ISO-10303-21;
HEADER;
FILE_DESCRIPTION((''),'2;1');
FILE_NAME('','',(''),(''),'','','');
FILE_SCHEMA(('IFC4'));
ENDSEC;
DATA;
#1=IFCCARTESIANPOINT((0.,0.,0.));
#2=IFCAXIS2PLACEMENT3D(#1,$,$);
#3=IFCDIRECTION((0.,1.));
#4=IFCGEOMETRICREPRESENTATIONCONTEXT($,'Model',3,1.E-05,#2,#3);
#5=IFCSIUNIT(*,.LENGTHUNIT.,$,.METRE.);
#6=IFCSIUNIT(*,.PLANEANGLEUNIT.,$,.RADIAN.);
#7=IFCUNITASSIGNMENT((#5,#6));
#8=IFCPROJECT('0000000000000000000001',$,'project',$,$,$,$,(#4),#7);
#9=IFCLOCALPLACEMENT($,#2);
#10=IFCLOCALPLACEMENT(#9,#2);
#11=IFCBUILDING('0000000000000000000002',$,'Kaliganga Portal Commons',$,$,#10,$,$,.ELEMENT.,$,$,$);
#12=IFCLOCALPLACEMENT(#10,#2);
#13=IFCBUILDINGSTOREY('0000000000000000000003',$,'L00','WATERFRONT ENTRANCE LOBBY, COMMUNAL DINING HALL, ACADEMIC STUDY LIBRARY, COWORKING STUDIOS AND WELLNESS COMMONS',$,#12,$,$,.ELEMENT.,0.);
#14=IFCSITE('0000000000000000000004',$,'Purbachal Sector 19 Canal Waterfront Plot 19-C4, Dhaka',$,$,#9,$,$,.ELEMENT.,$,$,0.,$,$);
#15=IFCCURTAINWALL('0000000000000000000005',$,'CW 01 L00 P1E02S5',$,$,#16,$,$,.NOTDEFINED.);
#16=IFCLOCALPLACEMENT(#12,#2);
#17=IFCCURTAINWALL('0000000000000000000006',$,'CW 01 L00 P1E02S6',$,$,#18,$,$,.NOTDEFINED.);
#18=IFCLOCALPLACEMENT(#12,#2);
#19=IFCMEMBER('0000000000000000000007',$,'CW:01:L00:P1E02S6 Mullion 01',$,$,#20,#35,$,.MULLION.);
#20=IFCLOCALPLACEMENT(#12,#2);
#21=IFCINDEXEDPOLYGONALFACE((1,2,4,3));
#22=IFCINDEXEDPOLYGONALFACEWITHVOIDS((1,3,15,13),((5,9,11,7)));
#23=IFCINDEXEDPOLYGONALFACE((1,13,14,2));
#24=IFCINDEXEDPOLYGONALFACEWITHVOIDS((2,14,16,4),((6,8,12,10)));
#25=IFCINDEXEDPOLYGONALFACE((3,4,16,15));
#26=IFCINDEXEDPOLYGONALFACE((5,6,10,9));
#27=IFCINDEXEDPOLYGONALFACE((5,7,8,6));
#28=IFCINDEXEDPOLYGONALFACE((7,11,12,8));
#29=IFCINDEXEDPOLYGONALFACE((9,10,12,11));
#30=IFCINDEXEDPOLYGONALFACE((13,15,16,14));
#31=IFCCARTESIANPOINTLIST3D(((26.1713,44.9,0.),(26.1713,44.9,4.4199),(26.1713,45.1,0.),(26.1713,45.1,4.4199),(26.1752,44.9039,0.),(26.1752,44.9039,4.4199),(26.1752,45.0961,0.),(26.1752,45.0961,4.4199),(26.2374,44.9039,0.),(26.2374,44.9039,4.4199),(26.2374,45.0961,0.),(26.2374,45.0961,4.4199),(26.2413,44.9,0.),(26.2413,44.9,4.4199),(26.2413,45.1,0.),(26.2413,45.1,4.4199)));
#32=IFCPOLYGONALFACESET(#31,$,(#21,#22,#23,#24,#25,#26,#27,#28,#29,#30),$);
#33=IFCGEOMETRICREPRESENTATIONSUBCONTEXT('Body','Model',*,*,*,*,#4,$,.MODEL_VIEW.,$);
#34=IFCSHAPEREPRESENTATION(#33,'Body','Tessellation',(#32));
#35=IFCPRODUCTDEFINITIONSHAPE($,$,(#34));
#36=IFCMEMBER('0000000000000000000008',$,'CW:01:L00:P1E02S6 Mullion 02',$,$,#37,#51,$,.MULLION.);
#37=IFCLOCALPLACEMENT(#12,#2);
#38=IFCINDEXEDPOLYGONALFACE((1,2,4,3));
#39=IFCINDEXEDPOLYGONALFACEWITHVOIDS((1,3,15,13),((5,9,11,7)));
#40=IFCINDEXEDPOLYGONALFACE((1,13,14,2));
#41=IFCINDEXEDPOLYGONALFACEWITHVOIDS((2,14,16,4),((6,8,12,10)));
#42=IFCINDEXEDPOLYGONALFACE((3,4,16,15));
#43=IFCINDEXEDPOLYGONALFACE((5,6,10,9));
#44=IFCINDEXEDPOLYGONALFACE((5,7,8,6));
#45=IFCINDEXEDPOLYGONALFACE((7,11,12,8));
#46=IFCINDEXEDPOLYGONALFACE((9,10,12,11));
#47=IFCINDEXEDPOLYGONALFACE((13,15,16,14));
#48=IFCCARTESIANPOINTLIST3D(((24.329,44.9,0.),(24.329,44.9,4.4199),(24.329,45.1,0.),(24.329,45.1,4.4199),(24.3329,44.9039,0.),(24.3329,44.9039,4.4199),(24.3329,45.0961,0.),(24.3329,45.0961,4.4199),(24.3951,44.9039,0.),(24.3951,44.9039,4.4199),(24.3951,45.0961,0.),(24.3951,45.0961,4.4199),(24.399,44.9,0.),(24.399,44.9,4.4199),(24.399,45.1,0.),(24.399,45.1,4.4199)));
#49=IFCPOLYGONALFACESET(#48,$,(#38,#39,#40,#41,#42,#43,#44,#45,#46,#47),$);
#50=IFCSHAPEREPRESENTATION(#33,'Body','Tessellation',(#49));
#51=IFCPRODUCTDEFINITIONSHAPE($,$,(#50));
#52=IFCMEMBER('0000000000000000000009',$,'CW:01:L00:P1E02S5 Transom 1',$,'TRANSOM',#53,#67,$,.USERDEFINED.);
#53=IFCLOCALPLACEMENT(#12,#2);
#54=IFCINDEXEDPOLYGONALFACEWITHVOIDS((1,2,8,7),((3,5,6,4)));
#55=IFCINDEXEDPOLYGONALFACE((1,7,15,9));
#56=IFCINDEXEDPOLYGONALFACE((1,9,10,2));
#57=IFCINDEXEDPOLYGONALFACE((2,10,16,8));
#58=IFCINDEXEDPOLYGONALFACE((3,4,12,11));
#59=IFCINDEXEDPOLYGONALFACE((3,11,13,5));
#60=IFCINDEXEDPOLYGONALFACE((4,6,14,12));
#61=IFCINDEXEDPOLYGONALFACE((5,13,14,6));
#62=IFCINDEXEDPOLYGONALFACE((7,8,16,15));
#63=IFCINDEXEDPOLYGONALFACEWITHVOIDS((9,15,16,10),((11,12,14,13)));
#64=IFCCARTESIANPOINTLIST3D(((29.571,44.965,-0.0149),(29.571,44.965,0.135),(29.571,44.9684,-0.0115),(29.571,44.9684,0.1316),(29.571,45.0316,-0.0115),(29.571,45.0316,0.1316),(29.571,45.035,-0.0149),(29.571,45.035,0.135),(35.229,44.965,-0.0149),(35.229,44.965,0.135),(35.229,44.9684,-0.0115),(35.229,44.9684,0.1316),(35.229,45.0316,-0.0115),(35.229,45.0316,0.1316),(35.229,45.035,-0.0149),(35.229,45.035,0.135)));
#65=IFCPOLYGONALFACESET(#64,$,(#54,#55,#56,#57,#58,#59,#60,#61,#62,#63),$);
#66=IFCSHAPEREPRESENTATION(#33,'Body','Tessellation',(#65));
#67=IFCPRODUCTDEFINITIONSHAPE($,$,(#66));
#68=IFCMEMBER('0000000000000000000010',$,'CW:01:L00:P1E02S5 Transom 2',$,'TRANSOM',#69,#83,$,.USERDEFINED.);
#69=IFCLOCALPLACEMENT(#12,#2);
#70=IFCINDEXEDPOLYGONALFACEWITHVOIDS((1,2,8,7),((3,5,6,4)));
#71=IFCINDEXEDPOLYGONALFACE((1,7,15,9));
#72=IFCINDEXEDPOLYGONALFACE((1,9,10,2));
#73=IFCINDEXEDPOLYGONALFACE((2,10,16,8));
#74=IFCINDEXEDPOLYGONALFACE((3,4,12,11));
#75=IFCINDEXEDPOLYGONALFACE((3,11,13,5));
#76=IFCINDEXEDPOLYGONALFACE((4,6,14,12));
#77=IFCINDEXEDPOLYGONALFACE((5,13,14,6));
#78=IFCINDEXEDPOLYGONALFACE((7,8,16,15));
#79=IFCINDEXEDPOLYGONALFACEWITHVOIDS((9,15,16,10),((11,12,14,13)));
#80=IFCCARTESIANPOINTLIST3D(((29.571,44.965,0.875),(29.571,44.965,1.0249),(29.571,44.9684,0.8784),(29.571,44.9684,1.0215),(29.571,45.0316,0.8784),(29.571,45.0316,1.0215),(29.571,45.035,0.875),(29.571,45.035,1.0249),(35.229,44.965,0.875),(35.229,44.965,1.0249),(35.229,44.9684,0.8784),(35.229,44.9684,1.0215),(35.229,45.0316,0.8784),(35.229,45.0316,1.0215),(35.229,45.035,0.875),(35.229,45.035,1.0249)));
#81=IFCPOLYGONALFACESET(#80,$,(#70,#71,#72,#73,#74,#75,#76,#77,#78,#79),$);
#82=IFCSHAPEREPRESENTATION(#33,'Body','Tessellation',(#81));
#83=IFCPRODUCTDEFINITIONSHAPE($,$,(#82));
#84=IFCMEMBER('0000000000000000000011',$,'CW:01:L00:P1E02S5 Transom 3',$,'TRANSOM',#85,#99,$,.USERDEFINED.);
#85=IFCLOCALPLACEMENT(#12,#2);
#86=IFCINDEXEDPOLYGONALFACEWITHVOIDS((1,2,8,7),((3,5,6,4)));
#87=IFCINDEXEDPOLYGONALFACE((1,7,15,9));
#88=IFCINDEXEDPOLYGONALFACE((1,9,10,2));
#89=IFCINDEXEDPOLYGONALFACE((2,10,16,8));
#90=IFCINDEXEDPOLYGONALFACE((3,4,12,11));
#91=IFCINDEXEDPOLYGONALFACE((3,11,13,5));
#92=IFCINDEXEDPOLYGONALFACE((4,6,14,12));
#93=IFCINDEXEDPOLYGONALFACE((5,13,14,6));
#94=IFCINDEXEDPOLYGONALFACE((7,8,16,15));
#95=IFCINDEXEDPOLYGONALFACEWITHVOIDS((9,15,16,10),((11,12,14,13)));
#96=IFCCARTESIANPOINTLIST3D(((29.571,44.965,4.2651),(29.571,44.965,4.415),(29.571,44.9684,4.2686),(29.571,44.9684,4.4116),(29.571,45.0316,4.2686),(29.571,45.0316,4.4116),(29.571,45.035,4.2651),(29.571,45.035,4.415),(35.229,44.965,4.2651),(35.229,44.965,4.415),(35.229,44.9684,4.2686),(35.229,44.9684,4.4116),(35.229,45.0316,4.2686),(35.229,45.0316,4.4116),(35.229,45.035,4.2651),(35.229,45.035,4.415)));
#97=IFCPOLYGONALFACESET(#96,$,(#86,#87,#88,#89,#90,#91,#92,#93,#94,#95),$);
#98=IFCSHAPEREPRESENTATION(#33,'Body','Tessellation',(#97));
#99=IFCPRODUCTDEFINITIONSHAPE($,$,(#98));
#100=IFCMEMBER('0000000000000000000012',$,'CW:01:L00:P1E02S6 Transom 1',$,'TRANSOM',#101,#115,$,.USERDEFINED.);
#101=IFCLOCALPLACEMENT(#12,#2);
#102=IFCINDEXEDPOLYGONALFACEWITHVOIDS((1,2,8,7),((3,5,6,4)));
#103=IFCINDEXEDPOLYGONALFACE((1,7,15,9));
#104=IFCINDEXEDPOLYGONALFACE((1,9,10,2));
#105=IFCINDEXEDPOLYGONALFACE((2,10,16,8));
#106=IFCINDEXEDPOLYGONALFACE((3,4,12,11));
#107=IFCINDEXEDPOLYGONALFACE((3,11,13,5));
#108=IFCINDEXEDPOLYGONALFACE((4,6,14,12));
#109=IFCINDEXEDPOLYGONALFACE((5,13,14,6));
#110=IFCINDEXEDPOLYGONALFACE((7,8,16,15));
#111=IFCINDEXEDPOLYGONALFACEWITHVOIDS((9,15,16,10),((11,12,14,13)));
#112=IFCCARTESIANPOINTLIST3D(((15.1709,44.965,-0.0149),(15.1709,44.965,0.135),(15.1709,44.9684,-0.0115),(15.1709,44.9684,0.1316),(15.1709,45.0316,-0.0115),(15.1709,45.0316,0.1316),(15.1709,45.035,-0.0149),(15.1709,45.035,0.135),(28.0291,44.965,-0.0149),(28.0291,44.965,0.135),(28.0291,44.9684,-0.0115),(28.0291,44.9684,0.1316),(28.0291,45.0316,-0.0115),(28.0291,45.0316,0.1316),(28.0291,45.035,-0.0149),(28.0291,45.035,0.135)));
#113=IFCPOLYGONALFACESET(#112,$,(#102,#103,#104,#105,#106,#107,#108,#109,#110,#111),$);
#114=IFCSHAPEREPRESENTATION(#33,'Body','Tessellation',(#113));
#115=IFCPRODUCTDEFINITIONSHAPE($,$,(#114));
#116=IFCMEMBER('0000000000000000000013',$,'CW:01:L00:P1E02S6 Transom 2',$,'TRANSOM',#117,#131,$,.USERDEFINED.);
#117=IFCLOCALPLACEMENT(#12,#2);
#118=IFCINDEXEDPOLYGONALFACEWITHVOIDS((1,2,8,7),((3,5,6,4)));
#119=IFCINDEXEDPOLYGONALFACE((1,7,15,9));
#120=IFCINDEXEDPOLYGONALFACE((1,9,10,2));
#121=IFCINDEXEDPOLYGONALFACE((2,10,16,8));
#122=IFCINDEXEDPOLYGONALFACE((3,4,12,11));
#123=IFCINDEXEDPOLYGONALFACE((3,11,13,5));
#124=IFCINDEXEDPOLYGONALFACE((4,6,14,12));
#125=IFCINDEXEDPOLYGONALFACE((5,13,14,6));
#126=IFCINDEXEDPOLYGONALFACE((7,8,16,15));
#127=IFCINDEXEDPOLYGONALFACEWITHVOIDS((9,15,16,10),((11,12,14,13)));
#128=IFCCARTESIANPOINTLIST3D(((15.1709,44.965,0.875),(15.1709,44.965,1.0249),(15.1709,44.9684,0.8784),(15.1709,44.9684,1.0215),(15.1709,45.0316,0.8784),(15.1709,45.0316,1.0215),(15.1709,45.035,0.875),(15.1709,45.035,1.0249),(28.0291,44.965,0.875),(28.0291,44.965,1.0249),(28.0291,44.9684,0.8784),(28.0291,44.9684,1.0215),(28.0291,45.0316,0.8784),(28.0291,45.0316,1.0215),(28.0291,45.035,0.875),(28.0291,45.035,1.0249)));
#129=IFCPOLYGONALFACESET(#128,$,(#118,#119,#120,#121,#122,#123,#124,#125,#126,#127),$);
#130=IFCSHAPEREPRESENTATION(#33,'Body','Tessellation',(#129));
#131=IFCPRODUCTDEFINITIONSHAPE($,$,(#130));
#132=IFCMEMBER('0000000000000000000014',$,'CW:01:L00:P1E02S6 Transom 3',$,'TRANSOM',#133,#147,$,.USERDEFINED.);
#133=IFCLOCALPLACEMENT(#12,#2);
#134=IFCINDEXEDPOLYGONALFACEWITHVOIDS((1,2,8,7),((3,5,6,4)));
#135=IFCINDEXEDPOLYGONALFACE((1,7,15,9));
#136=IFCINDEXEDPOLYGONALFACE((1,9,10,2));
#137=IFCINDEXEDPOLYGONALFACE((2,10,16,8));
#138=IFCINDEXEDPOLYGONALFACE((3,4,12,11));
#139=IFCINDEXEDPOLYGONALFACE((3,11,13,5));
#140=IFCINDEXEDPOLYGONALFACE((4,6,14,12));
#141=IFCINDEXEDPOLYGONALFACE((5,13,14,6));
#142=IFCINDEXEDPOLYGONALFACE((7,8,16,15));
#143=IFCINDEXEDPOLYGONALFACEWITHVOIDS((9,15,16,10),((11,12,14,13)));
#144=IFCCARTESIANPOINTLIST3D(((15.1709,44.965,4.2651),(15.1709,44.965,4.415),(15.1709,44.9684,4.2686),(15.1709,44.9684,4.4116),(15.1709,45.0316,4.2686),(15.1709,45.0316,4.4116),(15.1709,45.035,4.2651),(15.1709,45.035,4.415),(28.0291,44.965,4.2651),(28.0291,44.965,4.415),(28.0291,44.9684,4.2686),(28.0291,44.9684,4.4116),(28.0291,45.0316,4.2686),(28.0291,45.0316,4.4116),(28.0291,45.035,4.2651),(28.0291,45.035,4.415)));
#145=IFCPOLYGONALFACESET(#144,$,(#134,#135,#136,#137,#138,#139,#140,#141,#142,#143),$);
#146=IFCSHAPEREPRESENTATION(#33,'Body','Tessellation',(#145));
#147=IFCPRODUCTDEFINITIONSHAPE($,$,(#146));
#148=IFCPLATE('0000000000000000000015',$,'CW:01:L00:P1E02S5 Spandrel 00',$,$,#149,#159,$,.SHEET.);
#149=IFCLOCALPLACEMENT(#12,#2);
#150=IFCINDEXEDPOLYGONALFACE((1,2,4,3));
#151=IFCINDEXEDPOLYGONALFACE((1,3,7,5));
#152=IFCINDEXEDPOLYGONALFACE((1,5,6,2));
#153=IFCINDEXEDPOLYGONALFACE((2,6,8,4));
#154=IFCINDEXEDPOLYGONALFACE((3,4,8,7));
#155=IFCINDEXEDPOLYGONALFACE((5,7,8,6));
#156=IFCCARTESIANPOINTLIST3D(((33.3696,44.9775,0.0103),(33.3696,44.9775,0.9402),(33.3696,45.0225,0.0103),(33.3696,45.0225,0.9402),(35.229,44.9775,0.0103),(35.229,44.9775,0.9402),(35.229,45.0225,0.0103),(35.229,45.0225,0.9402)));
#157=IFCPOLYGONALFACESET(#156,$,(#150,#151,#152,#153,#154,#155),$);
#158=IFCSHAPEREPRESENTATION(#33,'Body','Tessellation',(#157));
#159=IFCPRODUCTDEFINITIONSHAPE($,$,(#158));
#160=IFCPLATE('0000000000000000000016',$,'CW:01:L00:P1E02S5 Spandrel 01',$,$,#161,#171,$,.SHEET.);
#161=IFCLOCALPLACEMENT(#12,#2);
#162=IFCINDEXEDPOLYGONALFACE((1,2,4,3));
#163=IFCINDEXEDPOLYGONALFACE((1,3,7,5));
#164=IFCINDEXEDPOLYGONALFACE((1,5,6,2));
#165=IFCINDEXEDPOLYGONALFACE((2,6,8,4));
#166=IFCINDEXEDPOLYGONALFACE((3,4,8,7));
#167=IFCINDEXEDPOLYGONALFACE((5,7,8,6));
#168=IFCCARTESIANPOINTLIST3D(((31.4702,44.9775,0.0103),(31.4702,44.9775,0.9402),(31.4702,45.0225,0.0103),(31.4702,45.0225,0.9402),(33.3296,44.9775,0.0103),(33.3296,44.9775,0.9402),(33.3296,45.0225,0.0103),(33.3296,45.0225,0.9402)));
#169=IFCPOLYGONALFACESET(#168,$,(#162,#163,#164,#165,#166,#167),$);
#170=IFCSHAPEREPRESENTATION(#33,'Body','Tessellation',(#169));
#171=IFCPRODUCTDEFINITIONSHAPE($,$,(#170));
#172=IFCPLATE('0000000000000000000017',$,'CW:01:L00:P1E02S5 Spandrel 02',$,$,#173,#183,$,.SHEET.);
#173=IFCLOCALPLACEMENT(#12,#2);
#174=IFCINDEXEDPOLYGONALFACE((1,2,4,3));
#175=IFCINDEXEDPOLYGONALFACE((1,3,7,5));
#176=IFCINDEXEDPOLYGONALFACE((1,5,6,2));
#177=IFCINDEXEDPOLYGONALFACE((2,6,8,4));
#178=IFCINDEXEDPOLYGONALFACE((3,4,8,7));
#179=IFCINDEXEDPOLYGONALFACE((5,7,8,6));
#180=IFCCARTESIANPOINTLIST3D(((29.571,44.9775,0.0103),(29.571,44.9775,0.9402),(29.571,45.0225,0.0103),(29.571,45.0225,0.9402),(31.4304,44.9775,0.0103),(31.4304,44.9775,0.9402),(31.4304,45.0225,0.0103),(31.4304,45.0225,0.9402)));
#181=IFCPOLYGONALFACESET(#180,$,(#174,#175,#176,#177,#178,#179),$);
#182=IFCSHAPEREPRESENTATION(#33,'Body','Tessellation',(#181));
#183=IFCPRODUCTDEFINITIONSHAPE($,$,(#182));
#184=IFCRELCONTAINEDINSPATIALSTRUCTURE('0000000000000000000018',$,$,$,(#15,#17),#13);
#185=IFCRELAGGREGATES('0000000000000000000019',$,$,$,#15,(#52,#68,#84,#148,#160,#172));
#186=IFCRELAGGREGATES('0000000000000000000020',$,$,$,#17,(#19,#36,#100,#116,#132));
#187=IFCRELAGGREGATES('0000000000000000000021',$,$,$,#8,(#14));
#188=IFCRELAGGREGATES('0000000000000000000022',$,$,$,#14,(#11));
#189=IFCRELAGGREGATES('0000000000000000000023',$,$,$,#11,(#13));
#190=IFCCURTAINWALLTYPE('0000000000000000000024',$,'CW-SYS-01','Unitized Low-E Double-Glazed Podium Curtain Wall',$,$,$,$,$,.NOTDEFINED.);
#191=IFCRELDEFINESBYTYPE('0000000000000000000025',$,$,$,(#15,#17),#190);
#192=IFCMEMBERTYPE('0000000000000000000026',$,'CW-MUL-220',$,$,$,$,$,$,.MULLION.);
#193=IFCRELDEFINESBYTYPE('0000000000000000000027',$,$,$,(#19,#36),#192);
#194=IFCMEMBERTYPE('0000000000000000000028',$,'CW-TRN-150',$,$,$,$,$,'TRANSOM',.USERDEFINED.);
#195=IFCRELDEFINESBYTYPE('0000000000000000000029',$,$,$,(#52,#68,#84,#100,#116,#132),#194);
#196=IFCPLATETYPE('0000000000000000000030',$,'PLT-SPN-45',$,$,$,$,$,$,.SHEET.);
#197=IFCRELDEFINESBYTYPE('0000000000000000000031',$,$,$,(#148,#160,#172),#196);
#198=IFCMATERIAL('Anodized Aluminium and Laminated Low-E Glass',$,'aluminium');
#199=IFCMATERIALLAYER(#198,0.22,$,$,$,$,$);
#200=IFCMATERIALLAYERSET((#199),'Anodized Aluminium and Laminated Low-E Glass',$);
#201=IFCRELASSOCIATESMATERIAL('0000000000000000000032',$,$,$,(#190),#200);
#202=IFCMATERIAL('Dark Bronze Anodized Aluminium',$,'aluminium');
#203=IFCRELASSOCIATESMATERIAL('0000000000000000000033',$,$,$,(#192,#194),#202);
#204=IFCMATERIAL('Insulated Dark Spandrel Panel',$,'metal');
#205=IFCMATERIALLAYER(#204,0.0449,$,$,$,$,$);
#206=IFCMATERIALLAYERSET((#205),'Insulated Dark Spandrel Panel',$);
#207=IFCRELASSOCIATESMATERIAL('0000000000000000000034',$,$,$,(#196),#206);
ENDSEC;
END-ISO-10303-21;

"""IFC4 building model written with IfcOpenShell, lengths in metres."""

from ifc_helpers import new_model, si_unit, direction, frame, origin, origin_2d, place, context, subcontext, project, spatial, rectangle, hollow_rectangle, extrude, source, transform, mapped, material, layer, layer_set, material_profile, profile_set, type_object, element, aggregate, save


model = new_model("IFC4")

# Units and contexts
model_context = context("Model", 3, precision=1e-05, world=origin(), true_north=direction((0.0, 1.0)))
body_context = subcontext(model_context, "Body", "Model", "MODEL_VIEW")
ifc_project = project(units=[si_unit("LENGTHUNIT", "METRE"), si_unit("PLANEANGLEUNIT", "RADIAN")], contexts=[model_context])

# Site, building, storey
site_placement = place(None, origin())
site = spatial("IfcSite", under=ifc_project, at=site_placement, Name="Purbachal Sector 19 Canal Waterfront Plot 19-C4, Dhaka", CompositionType="ELEMENT", RefElevation=0.0)
building_placement = place(site_placement, origin())
building = spatial("IfcBuilding", under=site, at=building_placement, Name="Kaliganga Portal Commons", CompositionType="ELEMENT")
storey_placement = place(building_placement, origin())
storey = spatial("IfcBuildingStorey", under=building, at=storey_placement, Name="L00", Description="WATERFRONT ENTRANCE LOBBY, COMMUNAL DINING HALL, ACADEMIC STUDY LIBRARY, COWORKING STUDIOS AND WELLNESS COMMONS", CompositionType="ELEMENT", Elevation=0.0)

# Curtain walls, members
ifc_material_1 = material(Name="Anodized Aluminium and Laminated Low-E Glass", Category="aluminium")
ifc_layer_1 = layer(ifc_material_1, 0.22)
ifc_layer_set_1 = layer_set([ifc_layer_1], Name="Anodized Aluminium and Laminated Low-E Glass")
curtain_wall_type = type_object("IfcCurtainWallType", Name="CW-SYS-01", Description="Unitized Low-E Double-Glazed Podium Curtain Wall", PredefinedType="NOTDEFINED", material=ifc_layer_set_1)
curtain_wall_1_placement = place(storey_placement, origin())
curtain_wall_1 = element("IfcCurtainWall", 1, at=curtain_wall_1_placement, inside=storey, type_object=curtain_wall_type, Name="CW 01 L00 P1E02S5", PredefinedType="NOTDEFINED")
ifc_material_2 = material(Name="Dark Bronze Anodized Aluminium", Category="aluminium")
ifc_material_profile_1 = material_profile(ifc_material_2, hollow_rectangle(XDim=0.0701, YDim=0.2, WallThickness=0.0039, at=origin_2d()), Name="ALU MULL 70x200x4")
ifc_profile_set_1 = profile_set([ifc_material_profile_1], Name="Dark Bronze Anodized Aluminium")
member_type_1 = type_object("IfcMemberType", Name="CW-MUL-220", PredefinedType="MULLION", material=ifc_profile_set_1)
shared_shape_1 = source(origin(), body_context, "Body", "SweptSolid", [
    extrude(hollow_rectangle(XDim=0.0701, YDim=0.2, WallThickness=0.0039, at=origin_2d()), origin(), (0.0, 0.0, 1.0), 4.4199),
])
curtain_wall_2_placement = place(storey_placement, origin())
curtain_wall_2 = element("IfcCurtainWall", 2, at=curtain_wall_2_placement, inside=storey, type_object=curtain_wall_type, Name="CW 01 L00 P1E02S6", PredefinedType="NOTDEFINED")
member_1_placement = place(storey_placement, frame((26.2063, 45.0, 0.0), z_axis=(0.0, 0.0, 1.0), x_axis=(-1.0, 0.0, 0.0)))
member_1 = element("IfcMember", 3, at=member_1_placement, type_object=member_type_1, Name="CW:01:L00:P1E02S6 Mullion 01", PredefinedType="MULLION", context=body_context, shape_type="MappedRepresentation", body=[
    mapped(shared_shape_1, transform((0.0, 0.0, 0.0), x_axis=(1.0, 0.0, 0.0), y_axis=(0.0, 1.0, 0.0), z_axis=(0.0, 0.0, 1.0), scale=1.0)),
])
member_2_placement = place(storey_placement, frame((24.364, 45.0, 0.0), z_axis=(0.0, 0.0, 1.0), x_axis=(-1.0, 0.0, 0.0)))
member_2 = element("IfcMember", 4, at=member_2_placement, type_object=member_type_1, Name="CW:01:L00:P1E02S6 Mullion 02", PredefinedType="MULLION", context=body_context, shape_type="MappedRepresentation", body=[
    mapped(shared_shape_1, transform((0.0, 0.0, 0.0), x_axis=(1.0, 0.0, 0.0), y_axis=(0.0, 1.0, 0.0), z_axis=(0.0, 0.0, 1.0), scale=1.0)),
])

# Members
ifc_material_profile_2 = material_profile(ifc_material_2, hollow_rectangle(XDim=0.0701, YDim=0.1499, WallThickness=0.0034, at=origin_2d()), Name="ALU TRAN 70x150x3.5")
ifc_profile_set_2 = profile_set([ifc_material_profile_2], Name="Dark Bronze Anodized Aluminium")
member_type_2 = type_object("IfcMemberType", Name="CW-TRN-150", ElementType="TRANSOM", PredefinedType="USERDEFINED", material=ifc_profile_set_2)
shared_shape_2 = source(origin(), body_context, "Body", "SweptSolid", [
    extrude(hollow_rectangle(XDim=0.0701, YDim=0.1499, WallThickness=0.0034, at=origin_2d()), origin(), (0.0, 0.0, 1.0), 5.658),
])
member_3_placement = place(storey_placement, frame((35.229, 45.0, 0.0601), z_axis=(-1.0, 0.0, 0.0), x_axis=(0.0, -1.0, 0.0)))
member_3 = element("IfcMember", 5, at=member_3_placement, type_object=member_type_2, Name="CW:01:L00:P1E02S5 Transom 1", ObjectType="TRANSOM", PredefinedType="USERDEFINED", context=body_context, shape_type="MappedRepresentation", body=[
    mapped(shared_shape_2, transform((0.0, 0.0, 0.0), x_axis=(1.0, 0.0, 0.0), y_axis=(0.0, 1.0, 0.0), z_axis=(0.0, 0.0, 1.0), scale=1.0)),
])
member_4_placement = place(storey_placement, frame((35.229, 45.0, 0.95), z_axis=(-1.0, 0.0, 0.0), x_axis=(0.0, -1.0, 0.0)))
member_4 = element("IfcMember", 6, at=member_4_placement, type_object=member_type_2, Name="CW:01:L00:P1E02S5 Transom 2", ObjectType="TRANSOM", PredefinedType="USERDEFINED", context=body_context, shape_type="MappedRepresentation", body=[
    mapped(shared_shape_2, transform((0.0, 0.0, 0.0), x_axis=(1.0, 0.0, 0.0), y_axis=(0.0, 1.0, 0.0), z_axis=(0.0, 0.0, 1.0), scale=1.0)),
])
member_5_placement = place(storey_placement, frame((35.229, 45.0, 4.3401), z_axis=(-1.0, 0.0, 0.0), x_axis=(0.0, -1.0, 0.0)))
member_5 = element("IfcMember", 7, at=member_5_placement, type_object=member_type_2, Name="CW:01:L00:P1E02S5 Transom 3", ObjectType="TRANSOM", PredefinedType="USERDEFINED", context=body_context, shape_type="MappedRepresentation", body=[
    mapped(shared_shape_2, transform((0.0, 0.0, 0.0), x_axis=(1.0, 0.0, 0.0), y_axis=(0.0, 1.0, 0.0), z_axis=(0.0, 0.0, 1.0), scale=1.0)),
])
shared_shape_3 = source(origin(), body_context, "Body", "SweptSolid", [
    extrude(hollow_rectangle(XDim=0.0701, YDim=0.1499, WallThickness=0.0034, at=origin_2d()), origin(), (0.0, 0.0, 1.0), 12.8582),
])
member_6_placement = place(storey_placement, frame((28.0291, 45.0, 0.0601), z_axis=(-1.0, 0.0, 0.0), x_axis=(0.0, -1.0, 0.0)))
member_6 = element("IfcMember", 8, at=member_6_placement, type_object=member_type_2, Name="CW:01:L00:P1E02S6 Transom 1", ObjectType="TRANSOM", PredefinedType="USERDEFINED", context=body_context, shape_type="MappedRepresentation", body=[
    mapped(shared_shape_3, transform((0.0, 0.0, 0.0), x_axis=(1.0, 0.0, 0.0), y_axis=(0.0, 1.0, 0.0), z_axis=(0.0, 0.0, 1.0), scale=1.0)),
])
member_7_placement = place(storey_placement, frame((28.0291, 45.0, 0.95), z_axis=(-1.0, 0.0, 0.0), x_axis=(0.0, -1.0, 0.0)))
member_7 = element("IfcMember", 9, at=member_7_placement, type_object=member_type_2, Name="CW:01:L00:P1E02S6 Transom 2", ObjectType="TRANSOM", PredefinedType="USERDEFINED", context=body_context, shape_type="MappedRepresentation", body=[
    mapped(shared_shape_3, transform((0.0, 0.0, 0.0), x_axis=(1.0, 0.0, 0.0), y_axis=(0.0, 1.0, 0.0), z_axis=(0.0, 0.0, 1.0), scale=1.0)),
])
member_8_placement = place(storey_placement, frame((28.0291, 45.0, 4.3401), z_axis=(-1.0, 0.0, 0.0), x_axis=(0.0, -1.0, 0.0)))
member_8 = element("IfcMember", 10, at=member_8_placement, type_object=member_type_2, Name="CW:01:L00:P1E02S6 Transom 3", ObjectType="TRANSOM", PredefinedType="USERDEFINED", context=body_context, shape_type="MappedRepresentation", body=[
    mapped(shared_shape_3, transform((0.0, 0.0, 0.0), x_axis=(1.0, 0.0, 0.0), y_axis=(0.0, 1.0, 0.0), z_axis=(0.0, 0.0, 1.0), scale=1.0)),
])

# Plates
ifc_material_3 = material(Name="Insulated Dark Spandrel Panel", Category="metal")
ifc_layer_2 = layer(ifc_material_3, 0.0449)
ifc_layer_set_2 = layer_set([ifc_layer_2], Name="Insulated Dark Spandrel Panel")
plate_type_1 = type_object("IfcPlateType", Name="PLT-SPN-45", PredefinedType="SHEET", material=ifc_layer_set_2)
shared_shape_4 = source(origin(), body_context, "Body", "SweptSolid", [
    extrude(rectangle(XDim=1.8594, YDim=0.0449, at=origin_2d()), origin(), (0.0, 0.0, 1.0), 0.9299),
])
plate_1_placement = place(storey_placement, frame((34.2993, 45.0, 0.0103), z_axis=(0.0, 0.0, 1.0), x_axis=(-1.0, 0.0, 0.0)))
plate_1 = element("IfcPlate", 11, at=plate_1_placement, type_object=plate_type_1, Name="CW:01:L00:P1E02S5 Spandrel 00", PredefinedType="SHEET", context=body_context, shape_type="MappedRepresentation", body=[
    mapped(shared_shape_4, transform((0.0, 0.0, 0.0), x_axis=(1.0, 0.0, 0.0), y_axis=(0.0, 1.0, 0.0), z_axis=(0.0, 0.0, 1.0), scale=1.0)),
])
plate_2_placement = place(storey_placement, frame((32.3999, 45.0, 0.0103), z_axis=(0.0, 0.0, 1.0), x_axis=(-1.0, 0.0, 0.0)))
plate_2 = element("IfcPlate", 12, at=plate_2_placement, type_object=plate_type_1, Name="CW:01:L00:P1E02S5 Spandrel 01", PredefinedType="SHEET", context=body_context, shape_type="MappedRepresentation", body=[
    mapped(shared_shape_4, transform((0.0, 0.0, 0.0), x_axis=(1.0, 0.0, 0.0), y_axis=(0.0, 1.0, 0.0), z_axis=(0.0, 0.0, 1.0), scale=1.0)),
])
plate_3_placement = place(storey_placement, frame((30.5007, 45.0, 0.0103), z_axis=(0.0, 0.0, 1.0), x_axis=(-1.0, 0.0, 0.0)))
plate_3 = element("IfcPlate", 13, at=plate_3_placement, type_object=plate_type_1, Name="CW:01:L00:P1E02S5 Spandrel 02", PredefinedType="SHEET", context=body_context, shape_type="MappedRepresentation", body=[
    mapped(shared_shape_4, transform((0.0, 0.0, 0.0), x_axis=(1.0, 0.0, 0.0), y_axis=(0.0, 1.0, 0.0), z_axis=(0.0, 0.0, 1.0), scale=1.0)),
])
aggregate(curtain_wall_1, [member_3, member_4, member_5, plate_1, plate_2, plate_3])
aggregate(curtain_wall_2, [member_1, member_2, member_6, member_7, member_8])

save(model, "model.ifc")
